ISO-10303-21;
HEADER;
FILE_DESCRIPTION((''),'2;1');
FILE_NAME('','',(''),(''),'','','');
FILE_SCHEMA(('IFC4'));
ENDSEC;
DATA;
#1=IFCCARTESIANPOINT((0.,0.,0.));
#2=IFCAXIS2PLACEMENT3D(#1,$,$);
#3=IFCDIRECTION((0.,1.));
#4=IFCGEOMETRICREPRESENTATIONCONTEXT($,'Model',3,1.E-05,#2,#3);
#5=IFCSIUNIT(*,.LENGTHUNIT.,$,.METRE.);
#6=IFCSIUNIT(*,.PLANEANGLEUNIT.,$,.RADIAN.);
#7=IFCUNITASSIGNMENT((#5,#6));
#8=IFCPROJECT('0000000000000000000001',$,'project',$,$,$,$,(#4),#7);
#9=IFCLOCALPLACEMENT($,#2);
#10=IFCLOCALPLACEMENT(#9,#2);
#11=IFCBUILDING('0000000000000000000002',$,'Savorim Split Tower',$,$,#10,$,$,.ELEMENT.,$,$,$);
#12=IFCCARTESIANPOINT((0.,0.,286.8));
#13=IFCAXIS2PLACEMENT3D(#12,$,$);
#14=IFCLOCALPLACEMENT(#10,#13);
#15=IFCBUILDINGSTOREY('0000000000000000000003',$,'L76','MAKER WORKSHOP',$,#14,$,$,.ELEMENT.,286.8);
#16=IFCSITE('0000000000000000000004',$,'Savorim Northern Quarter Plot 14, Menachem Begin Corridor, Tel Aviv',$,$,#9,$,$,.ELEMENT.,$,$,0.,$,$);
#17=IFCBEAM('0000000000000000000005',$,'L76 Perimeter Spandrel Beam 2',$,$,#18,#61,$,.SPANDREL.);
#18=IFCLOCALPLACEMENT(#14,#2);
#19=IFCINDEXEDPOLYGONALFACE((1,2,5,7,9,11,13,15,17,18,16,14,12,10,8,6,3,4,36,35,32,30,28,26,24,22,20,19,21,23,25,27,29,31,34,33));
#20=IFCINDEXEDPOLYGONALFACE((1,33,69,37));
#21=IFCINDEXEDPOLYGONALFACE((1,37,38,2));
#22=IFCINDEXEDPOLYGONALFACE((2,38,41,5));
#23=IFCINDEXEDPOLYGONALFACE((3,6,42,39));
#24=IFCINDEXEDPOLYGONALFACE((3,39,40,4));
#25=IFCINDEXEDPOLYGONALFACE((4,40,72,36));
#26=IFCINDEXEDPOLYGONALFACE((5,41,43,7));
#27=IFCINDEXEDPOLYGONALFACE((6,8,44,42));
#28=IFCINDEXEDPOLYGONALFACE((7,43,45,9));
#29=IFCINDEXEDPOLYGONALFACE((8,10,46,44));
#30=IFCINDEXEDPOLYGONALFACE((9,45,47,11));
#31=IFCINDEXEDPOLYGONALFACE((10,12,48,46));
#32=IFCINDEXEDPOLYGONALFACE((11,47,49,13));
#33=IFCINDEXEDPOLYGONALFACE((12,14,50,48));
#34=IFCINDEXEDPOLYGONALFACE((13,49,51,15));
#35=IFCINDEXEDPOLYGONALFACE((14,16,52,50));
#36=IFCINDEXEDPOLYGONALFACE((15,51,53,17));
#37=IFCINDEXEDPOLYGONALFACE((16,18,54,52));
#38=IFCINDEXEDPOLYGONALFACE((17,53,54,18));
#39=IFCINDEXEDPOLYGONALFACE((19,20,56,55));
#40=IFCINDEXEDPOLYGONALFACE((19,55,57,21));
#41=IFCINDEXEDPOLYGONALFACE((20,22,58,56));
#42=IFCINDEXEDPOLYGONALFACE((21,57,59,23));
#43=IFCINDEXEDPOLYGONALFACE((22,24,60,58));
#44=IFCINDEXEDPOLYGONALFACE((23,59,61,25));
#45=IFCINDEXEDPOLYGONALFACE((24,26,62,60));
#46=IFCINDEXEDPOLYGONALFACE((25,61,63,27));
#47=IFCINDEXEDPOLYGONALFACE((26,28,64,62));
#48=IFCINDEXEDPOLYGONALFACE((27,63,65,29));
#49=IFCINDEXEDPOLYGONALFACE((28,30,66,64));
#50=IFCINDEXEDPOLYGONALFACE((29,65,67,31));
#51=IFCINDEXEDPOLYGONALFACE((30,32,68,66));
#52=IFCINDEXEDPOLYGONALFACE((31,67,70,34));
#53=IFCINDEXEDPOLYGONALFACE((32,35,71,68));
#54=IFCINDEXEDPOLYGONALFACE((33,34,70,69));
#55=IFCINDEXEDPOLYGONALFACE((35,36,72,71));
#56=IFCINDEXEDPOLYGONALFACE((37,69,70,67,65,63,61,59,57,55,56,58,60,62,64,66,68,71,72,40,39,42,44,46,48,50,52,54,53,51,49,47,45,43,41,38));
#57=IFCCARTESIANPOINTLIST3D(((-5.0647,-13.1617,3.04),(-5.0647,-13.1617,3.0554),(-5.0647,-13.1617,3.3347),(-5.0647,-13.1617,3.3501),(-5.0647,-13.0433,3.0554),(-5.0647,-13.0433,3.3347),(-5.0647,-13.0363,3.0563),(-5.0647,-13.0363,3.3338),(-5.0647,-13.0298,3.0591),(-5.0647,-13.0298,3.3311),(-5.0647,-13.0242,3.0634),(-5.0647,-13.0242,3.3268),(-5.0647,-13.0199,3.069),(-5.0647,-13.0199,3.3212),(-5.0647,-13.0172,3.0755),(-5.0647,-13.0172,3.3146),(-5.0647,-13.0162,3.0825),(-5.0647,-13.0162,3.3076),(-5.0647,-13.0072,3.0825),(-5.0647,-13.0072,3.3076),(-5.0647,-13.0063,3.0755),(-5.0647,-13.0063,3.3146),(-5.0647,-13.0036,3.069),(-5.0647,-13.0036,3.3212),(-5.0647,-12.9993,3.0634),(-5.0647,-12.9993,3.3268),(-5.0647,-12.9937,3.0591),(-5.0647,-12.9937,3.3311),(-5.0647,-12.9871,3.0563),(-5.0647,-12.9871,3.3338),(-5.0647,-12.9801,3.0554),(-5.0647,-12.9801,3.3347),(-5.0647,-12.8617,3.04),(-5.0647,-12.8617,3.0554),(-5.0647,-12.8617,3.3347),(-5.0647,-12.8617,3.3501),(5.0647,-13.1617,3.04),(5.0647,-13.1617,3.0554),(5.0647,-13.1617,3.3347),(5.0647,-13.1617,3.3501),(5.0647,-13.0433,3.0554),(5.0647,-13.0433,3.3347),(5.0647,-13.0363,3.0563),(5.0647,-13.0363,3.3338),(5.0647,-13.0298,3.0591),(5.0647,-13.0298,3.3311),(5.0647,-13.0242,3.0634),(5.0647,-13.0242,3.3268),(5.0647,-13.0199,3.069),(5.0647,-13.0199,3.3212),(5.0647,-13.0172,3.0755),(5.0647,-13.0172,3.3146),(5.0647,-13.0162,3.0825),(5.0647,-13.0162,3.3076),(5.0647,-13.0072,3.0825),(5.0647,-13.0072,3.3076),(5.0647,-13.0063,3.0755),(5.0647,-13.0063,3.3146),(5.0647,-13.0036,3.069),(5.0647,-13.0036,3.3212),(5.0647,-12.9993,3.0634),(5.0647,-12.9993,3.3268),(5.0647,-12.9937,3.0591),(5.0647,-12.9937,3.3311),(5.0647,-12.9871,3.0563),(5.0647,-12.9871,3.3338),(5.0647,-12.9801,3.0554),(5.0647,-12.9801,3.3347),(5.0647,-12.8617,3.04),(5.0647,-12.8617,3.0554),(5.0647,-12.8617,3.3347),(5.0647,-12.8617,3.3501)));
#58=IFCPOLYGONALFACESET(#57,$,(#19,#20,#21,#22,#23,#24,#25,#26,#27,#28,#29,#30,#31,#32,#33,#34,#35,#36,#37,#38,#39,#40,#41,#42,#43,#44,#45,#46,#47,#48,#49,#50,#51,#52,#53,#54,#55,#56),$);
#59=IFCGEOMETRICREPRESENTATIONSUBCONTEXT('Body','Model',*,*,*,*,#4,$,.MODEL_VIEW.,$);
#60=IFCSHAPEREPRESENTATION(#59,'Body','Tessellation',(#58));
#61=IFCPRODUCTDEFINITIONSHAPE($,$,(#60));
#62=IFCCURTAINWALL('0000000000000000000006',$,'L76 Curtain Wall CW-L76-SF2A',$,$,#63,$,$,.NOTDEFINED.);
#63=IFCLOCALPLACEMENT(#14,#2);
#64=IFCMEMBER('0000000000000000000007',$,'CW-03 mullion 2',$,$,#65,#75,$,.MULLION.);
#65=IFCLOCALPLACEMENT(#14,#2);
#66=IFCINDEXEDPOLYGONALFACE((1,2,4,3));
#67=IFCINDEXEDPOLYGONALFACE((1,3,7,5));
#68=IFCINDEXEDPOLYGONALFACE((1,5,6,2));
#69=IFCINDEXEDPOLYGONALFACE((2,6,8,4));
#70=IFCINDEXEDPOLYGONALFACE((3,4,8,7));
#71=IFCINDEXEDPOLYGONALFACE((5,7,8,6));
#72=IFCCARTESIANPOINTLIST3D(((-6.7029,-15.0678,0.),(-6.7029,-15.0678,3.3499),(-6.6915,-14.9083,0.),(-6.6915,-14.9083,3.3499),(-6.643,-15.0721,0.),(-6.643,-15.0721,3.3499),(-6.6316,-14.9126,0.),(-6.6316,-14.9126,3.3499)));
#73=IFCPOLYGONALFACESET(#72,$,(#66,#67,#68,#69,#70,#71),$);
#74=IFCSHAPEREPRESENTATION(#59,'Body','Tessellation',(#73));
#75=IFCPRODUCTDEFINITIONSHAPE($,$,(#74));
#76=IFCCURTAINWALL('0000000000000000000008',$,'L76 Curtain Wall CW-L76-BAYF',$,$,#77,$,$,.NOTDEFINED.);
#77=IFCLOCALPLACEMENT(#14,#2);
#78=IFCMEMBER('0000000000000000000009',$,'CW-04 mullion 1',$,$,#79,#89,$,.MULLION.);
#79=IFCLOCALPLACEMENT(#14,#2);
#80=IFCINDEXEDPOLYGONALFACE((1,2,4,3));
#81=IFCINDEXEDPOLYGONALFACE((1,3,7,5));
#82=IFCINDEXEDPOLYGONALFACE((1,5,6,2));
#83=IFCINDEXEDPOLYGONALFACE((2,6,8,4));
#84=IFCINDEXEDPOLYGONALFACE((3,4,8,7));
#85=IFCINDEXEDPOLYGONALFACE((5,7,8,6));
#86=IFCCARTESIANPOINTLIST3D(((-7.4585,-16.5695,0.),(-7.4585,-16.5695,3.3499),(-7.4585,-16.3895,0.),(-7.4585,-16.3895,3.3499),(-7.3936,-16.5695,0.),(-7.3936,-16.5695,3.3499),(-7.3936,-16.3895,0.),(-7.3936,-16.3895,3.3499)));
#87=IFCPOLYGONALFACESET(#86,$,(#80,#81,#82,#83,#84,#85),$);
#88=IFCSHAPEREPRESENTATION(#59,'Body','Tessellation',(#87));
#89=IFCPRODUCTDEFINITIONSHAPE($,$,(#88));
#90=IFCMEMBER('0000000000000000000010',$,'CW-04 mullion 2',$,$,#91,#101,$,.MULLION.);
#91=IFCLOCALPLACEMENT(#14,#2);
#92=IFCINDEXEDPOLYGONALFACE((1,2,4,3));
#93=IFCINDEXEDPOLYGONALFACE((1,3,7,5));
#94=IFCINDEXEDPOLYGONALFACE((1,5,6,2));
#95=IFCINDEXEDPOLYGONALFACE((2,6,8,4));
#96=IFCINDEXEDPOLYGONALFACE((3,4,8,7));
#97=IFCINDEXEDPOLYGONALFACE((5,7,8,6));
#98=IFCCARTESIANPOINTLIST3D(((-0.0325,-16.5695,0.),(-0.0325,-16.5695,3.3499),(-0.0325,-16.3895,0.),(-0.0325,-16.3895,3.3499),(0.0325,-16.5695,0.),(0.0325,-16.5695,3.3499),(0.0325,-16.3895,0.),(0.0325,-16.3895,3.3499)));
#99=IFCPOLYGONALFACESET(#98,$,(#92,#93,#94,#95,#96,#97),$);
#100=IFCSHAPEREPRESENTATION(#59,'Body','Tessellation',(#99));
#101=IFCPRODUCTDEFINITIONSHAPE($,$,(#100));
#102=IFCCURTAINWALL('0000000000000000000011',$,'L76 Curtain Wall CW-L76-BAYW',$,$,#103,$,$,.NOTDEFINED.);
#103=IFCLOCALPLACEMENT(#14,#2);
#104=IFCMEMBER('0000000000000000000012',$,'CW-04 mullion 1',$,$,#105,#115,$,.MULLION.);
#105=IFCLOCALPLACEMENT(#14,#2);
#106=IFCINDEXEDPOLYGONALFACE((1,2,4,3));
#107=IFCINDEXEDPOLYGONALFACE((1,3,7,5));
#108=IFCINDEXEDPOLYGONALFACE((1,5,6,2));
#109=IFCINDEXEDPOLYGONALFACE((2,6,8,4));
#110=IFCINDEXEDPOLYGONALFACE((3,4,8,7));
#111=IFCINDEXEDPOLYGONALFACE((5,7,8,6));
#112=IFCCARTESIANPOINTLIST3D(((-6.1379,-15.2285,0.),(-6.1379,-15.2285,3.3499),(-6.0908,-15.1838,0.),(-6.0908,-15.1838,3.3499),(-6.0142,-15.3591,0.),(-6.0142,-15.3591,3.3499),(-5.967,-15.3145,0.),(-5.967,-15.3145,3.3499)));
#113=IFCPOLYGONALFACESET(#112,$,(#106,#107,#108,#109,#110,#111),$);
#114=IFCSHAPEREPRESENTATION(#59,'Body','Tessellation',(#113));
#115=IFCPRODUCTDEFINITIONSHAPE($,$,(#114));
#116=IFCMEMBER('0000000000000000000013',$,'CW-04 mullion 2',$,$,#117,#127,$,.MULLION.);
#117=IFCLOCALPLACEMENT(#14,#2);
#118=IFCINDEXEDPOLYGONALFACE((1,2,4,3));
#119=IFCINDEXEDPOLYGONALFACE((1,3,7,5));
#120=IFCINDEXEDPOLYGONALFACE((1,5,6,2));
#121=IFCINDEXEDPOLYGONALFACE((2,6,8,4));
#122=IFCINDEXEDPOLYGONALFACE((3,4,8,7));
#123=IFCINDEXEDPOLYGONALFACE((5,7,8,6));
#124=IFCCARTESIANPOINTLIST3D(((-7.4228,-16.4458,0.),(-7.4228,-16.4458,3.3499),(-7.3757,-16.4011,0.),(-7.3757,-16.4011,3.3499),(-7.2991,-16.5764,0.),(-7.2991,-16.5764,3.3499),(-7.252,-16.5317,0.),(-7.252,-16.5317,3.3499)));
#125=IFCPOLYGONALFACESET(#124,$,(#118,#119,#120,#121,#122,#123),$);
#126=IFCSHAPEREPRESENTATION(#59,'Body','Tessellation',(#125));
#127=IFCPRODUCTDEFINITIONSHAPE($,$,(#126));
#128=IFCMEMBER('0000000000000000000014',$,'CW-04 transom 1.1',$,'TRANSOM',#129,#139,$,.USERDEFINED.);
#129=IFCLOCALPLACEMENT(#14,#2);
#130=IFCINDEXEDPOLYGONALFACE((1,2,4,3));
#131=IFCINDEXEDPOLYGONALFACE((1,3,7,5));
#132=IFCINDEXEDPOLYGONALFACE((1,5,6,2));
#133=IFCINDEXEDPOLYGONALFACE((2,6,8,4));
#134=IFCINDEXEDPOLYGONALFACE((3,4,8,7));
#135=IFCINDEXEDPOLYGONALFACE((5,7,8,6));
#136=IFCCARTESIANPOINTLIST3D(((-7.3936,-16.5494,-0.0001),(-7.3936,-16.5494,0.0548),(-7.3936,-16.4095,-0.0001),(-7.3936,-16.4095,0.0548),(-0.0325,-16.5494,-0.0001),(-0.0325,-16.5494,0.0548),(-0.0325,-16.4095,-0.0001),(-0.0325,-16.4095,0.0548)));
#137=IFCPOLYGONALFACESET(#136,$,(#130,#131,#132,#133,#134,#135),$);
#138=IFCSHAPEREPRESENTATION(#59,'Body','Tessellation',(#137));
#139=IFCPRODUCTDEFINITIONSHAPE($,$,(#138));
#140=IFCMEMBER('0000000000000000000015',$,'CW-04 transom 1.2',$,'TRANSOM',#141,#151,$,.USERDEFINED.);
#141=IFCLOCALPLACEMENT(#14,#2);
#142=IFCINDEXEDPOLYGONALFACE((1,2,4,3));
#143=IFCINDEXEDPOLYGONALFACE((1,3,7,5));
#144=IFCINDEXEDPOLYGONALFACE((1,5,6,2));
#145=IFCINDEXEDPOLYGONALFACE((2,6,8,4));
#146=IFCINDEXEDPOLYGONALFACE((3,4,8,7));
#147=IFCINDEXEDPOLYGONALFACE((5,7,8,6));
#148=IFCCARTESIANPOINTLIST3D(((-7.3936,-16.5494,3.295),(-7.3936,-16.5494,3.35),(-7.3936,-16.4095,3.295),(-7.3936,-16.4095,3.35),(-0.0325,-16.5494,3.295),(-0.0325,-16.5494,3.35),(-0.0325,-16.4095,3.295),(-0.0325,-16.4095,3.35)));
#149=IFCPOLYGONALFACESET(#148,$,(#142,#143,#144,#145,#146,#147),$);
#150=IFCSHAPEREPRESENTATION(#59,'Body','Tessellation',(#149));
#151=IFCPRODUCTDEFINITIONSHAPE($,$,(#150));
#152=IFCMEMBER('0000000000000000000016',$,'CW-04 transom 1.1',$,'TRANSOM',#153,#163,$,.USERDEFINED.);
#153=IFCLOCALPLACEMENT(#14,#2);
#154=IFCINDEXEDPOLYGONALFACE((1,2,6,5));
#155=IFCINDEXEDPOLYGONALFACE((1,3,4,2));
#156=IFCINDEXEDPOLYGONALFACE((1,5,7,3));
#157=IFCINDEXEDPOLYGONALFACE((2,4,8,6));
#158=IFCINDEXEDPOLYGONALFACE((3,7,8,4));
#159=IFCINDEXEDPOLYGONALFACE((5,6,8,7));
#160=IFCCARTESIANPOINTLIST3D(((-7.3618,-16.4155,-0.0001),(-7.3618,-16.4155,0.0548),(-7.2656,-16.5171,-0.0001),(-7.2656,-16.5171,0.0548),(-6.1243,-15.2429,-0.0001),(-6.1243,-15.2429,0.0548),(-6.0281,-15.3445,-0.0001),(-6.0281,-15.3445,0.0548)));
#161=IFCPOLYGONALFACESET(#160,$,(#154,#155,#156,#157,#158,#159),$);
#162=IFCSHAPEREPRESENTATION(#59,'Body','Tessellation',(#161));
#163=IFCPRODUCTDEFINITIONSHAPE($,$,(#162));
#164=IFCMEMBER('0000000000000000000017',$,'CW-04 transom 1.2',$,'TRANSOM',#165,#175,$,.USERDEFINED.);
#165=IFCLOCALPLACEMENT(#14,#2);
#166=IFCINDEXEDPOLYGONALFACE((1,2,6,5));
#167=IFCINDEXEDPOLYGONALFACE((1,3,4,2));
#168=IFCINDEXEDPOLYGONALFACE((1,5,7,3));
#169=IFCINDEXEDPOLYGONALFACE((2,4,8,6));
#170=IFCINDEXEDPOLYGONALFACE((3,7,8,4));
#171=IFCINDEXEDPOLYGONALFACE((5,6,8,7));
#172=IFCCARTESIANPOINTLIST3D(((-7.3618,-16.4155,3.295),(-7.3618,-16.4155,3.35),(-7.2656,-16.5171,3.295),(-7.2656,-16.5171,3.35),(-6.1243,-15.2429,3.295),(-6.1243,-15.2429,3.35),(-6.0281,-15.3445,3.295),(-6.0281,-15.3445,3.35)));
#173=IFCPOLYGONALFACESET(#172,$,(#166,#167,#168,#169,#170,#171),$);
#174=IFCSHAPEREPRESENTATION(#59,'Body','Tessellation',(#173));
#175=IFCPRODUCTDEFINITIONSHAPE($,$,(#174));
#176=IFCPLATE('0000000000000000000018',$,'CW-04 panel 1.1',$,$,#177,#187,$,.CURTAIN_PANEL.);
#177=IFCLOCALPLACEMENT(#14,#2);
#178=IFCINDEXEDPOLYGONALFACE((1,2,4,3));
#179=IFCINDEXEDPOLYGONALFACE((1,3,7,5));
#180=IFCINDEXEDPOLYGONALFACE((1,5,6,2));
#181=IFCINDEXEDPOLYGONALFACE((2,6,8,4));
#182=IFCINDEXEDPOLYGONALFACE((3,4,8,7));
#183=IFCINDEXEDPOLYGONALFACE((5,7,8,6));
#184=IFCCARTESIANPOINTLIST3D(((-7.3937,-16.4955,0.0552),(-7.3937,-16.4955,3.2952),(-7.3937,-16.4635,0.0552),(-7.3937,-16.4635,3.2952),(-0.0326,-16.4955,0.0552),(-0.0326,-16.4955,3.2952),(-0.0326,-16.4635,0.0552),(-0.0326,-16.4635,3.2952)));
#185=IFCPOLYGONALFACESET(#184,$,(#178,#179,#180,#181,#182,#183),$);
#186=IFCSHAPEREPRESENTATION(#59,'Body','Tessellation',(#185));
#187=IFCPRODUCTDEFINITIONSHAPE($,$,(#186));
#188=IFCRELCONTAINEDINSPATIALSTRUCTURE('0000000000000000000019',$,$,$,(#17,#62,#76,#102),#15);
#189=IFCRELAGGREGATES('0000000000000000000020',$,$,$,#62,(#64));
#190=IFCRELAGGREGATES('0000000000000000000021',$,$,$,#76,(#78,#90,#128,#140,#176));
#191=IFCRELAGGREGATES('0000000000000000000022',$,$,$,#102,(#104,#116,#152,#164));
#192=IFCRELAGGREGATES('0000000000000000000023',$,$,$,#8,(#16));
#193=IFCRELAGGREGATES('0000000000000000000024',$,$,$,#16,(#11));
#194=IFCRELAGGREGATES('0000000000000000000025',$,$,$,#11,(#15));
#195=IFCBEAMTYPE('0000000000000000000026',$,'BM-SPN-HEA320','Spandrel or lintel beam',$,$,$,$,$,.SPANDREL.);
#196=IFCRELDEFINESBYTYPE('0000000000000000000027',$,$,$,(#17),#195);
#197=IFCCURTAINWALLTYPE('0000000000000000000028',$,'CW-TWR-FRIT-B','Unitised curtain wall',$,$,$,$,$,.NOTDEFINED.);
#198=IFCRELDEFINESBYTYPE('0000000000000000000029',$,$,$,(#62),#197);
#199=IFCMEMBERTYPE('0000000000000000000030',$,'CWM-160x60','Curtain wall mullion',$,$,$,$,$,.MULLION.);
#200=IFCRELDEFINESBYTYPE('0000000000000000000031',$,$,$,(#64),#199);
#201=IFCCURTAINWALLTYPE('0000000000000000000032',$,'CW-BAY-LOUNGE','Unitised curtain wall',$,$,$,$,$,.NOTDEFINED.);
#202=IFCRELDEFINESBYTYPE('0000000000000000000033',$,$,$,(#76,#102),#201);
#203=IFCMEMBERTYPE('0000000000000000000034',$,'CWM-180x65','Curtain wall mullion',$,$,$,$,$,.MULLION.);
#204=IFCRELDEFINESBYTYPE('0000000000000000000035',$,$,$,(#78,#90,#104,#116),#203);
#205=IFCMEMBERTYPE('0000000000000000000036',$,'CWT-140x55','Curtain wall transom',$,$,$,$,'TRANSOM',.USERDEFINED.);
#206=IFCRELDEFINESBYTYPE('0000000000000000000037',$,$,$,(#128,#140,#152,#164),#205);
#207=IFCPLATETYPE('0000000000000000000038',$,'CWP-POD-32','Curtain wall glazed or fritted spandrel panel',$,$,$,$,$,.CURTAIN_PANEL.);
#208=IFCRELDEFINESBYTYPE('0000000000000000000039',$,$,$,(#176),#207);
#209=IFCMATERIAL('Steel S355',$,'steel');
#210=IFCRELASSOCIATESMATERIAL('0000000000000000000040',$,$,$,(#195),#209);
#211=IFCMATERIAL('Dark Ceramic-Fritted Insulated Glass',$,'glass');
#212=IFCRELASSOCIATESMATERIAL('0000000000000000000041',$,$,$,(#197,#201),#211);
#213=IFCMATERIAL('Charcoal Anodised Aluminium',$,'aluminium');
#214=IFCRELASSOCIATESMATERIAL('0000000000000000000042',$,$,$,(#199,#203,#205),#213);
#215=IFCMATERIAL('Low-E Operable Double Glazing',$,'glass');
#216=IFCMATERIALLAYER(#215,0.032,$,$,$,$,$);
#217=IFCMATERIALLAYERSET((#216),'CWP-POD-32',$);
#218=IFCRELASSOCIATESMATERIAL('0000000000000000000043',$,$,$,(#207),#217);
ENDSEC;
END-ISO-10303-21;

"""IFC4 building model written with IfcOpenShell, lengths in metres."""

from ifc_helpers import new_model, si_unit, direction, frame, origin, origin_2d, place, context, subcontext, project, spatial, rectangle, i_section, extrude, material, layer, layer_set, material_profile, profile_set, type_object, element, aggregate, save


model = new_model("IFC4")

# Units and contexts
model_context = context("Model", 3, precision=1e-05, world=origin(), true_north=direction((0.0, 1.0)))
body_context = subcontext(model_context, "Body", "Model", "MODEL_VIEW")
ifc_project = project(units=[si_unit("LENGTHUNIT", "METRE"), si_unit("PLANEANGLEUNIT", "RADIAN")], contexts=[model_context])

# Site, building, storey
site_placement = place(None, origin())
site = spatial("IfcSite", under=ifc_project, at=site_placement, Name="Savorim Northern Quarter Plot 14, Menachem Begin Corridor, Tel Aviv", CompositionType="ELEMENT", RefElevation=0.0)
building_placement = place(site_placement, origin())
building = spatial("IfcBuilding", under=site, at=building_placement, Name="Savorim Split Tower", CompositionType="ELEMENT")
storey_placement = place(building_placement, frame((0.0, 0.0, 286.8)))
storey = spatial("IfcBuildingStorey", under=building, at=storey_placement, Name="L76", Description="MAKER WORKSHOP", CompositionType="ELEMENT", Elevation=286.8)

# Shared definitions
ifc_material_1 = material(Name="Steel S355", Category="steel")

# Beam
ifc_material_profile_1 = material_profile(ifc_material_1, i_section(OverallWidth=0.3, OverallDepth=0.3101, WebThickness=0.009, FlangeThickness=0.0154, FilletRadius=0.0271, at=origin_2d()), Name="HEA 320")
ifc_profile_set_1 = profile_set([ifc_material_profile_1], Name="Steel S355")
beam_type_1 = type_object("IfcBeamType", Name="BM-SPN-HEA320", Description="Spandrel or lintel beam", PredefinedType="SPANDREL", material=ifc_profile_set_1)
beam_1_placement = place(storey_placement, frame((-5.0647, -13.0117, 3.1951), z_axis=(1.0, 0.0, 0.0), x_axis=(0.0, 1.0, 0.0)))
element("IfcBeam", 1, at=beam_1_placement, inside=storey, type_object=beam_type_1, Name="L76 Perimeter Spandrel Beam 2", PredefinedType="SPANDREL", context=body_context, shape_type="SweptSolid", body=[
    extrude(i_section(OverallWidth=0.3, OverallDepth=0.3101, WebThickness=0.009, FlangeThickness=0.0154, FilletRadius=0.0271, at=origin_2d()), origin(), (0.0, 0.0, 1.0), 10.1294),
])

# Curtain wall, member
ifc_material_2 = material(Name="Dark Ceramic-Fritted Insulated Glass", Category="glass")
curtain_wall_type_1 = type_object("IfcCurtainWallType", Name="CW-TWR-FRIT-B", Description="Unitised curtain wall", PredefinedType="NOTDEFINED", material=ifc_material_2)
curtain_wall_1_placement = place(storey_placement, origin())
curtain_wall_1 = element("IfcCurtainWall", 2, at=curtain_wall_1_placement, inside=storey, type_object=curtain_wall_type_1, Name="L76 Curtain Wall CW-L76-SF2A", PredefinedType="NOTDEFINED")
ifc_material_3 = material(Name="Charcoal Anodised Aluminium", Category="aluminium")
ifc_material_profile_2 = material_profile(ifc_material_3, rectangle(XDim=0.1599, YDim=0.0601, at=origin_2d()), Name="ALU-M 160x60")
ifc_profile_set_2 = profile_set([ifc_material_profile_2], Name="Charcoal Anodised Aluminium")
member_type_1 = type_object("IfcMemberType", Name="CWM-160x60", Description="Curtain wall mullion", PredefinedType="MULLION", material=ifc_profile_set_2)
member_1_placement = place(storey_placement, frame((-6.6672, -14.9902, 0.0), z_axis=(0.0, 0.0, 1.0), x_axis=(0.07155, 0.997437, 0.0)))
member_1 = element("IfcMember", 3, at=member_1_placement, type_object=member_type_1, Name="CW-03 mullion 2", PredefinedType="MULLION", context=body_context, shape_type="SweptSolid", body=[
    extrude(rectangle(XDim=0.1599, YDim=0.0601, at=origin_2d()), origin(), (0.0, 0.0, 1.0), 3.3499),
])
aggregate(curtain_wall_1, [member_1])

# Curtain walls, members
curtain_wall_type_2 = type_object("IfcCurtainWallType", Name="CW-BAY-LOUNGE", Description="Unitised curtain wall", PredefinedType="NOTDEFINED", material=ifc_material_2)
curtain_wall_2_placement = place(storey_placement, origin())
curtain_wall_2 = element("IfcCurtainWall", 4, at=curtain_wall_2_placement, inside=storey, type_object=curtain_wall_type_2, Name="L76 Curtain Wall CW-L76-BAYF", PredefinedType="NOTDEFINED")
ifc_material_profile_3 = material_profile(ifc_material_3, rectangle(XDim=0.1799, YDim=0.0649, at=origin_2d()), Name="ALU-M 180x65")
ifc_profile_set_3 = profile_set([ifc_material_profile_3], Name="Charcoal Anodised Aluminium")
member_type_2 = type_object("IfcMemberType", Name="CWM-180x65", Description="Curtain wall mullion", PredefinedType="MULLION", material=ifc_profile_set_3)
member_2_placement = place(storey_placement, frame((-7.426, -16.4795, 0.0), z_axis=(0.0, 0.0, 1.0), x_axis=(0.0, 1.0, 0.0)))
member_2 = element("IfcMember", 5, at=member_2_placement, type_object=member_type_2, Name="CW-04 mullion 1", PredefinedType="MULLION", context=body_context, shape_type="SweptSolid", body=[
    extrude(rectangle(XDim=0.1799, YDim=0.0649, at=origin_2d()), origin(), (0.0, 0.0, 1.0), 3.3499),
])
member_3_placement = place(storey_placement, frame((0.0, -16.4795, 0.0), z_axis=(0.0, 0.0, 1.0), x_axis=(0.0, 1.0, 0.0)))
member_3 = element("IfcMember", 6, at=member_3_placement, type_object=member_type_2, Name="CW-04 mullion 2", PredefinedType="MULLION", context=body_context, shape_type="SweptSolid", body=[
    extrude(rectangle(XDim=0.1799, YDim=0.0649, at=origin_2d()), origin(), (0.0, 0.0, 1.0), 3.3499),
])
curtain_wall_3_placement = place(storey_placement, origin())
curtain_wall_3 = element("IfcCurtainWall", 7, at=curtain_wall_3_placement, inside=storey, type_object=curtain_wall_type_2, Name="L76 Curtain Wall CW-L76-BAYW", PredefinedType="NOTDEFINED")
member_4_placement = place(storey_placement, frame((-6.0525, -15.2715, 0.0), z_axis=(0.0, 0.0, 1.0), x_axis=(0.687748, -0.72595, 0.0)))
member_4 = element("IfcMember", 8, at=member_4_placement, type_object=member_type_2, Name="CW-04 mullion 1", PredefinedType="MULLION", context=body_context, shape_type="SweptSolid", body=[
    extrude(rectangle(XDim=0.1799, YDim=0.0649, at=origin_2d()), origin(), (0.0, 0.0, 1.0), 3.3499),
])
member_5_placement = place(storey_placement, frame((-7.3374, -16.4888, 0.0), z_axis=(0.0, 0.0, 1.0), x_axis=(0.687748, -0.72595, 0.0)))
member_5 = element("IfcMember", 9, at=member_5_placement, type_object=member_type_2, Name="CW-04 mullion 2", PredefinedType="MULLION", context=body_context, shape_type="SweptSolid", body=[
    extrude(rectangle(XDim=0.1799, YDim=0.0649, at=origin_2d()), origin(), (0.0, 0.0, 1.0), 3.3499),
])

# Members
ifc_material_profile_4 = material_profile(ifc_material_3, rectangle(XDim=0.1399, YDim=0.0549, at=origin_2d()), Name="ALU-T 140x55")
ifc_profile_set_4 = profile_set([ifc_material_profile_4], Name="Charcoal Anodised Aluminium")
member_type_3 = type_object("IfcMemberType", Name="CWT-140x55", Description="Curtain wall transom", ElementType="TRANSOM", PredefinedType="USERDEFINED", material=ifc_profile_set_4)
member_6_placement = place(storey_placement, frame((-7.3936, -16.4795, 0.0273), z_axis=(1.0, 0.0, 0.0), x_axis=(0.0, 1.0, 0.0)))
member_6 = element("IfcMember", 10, at=member_6_placement, type_object=member_type_3, Name="CW-04 transom 1.1", ObjectType="TRANSOM", PredefinedType="USERDEFINED", context=body_context, shape_type="SweptSolid", body=[
    extrude(rectangle(XDim=0.1399, YDim=0.0549, at=origin_2d()), origin(), (0.0, 0.0, 1.0), 7.3611),
])
member_7_placement = place(storey_placement, frame((-7.3936, -16.4795, 3.3225), z_axis=(1.0, 0.0, 0.0), x_axis=(0.0, 1.0, 0.0)))
member_7 = element("IfcMember", 11, at=member_7_placement, type_object=member_type_3, Name="CW-04 transom 1.2", ObjectType="TRANSOM", PredefinedType="USERDEFINED", context=body_context, shape_type="SweptSolid", body=[
    extrude(rectangle(XDim=0.1399, YDim=0.0549, at=origin_2d()), origin(), (0.0, 0.0, 1.0), 7.3611),
])
member_8_placement = place(storey_placement, frame((-6.0762, -15.2937, 0.0273), z_axis=(-0.725896, -0.687804, 0.0), x_axis=(0.687804, -0.725896, 0.0)))
member_8 = element("IfcMember", 12, at=member_8_placement, type_object=member_type_3, Name="CW-04 transom 1.1", ObjectType="TRANSOM", PredefinedType="USERDEFINED", context=body_context, shape_type="SweptSolid", body=[
    extrude(rectangle(XDim=0.1399, YDim=0.0549, at=origin_2d()), origin(), (0.0, 0.0, 1.0), 1.7048),
])
member_9_placement = place(storey_placement, frame((-6.0762, -15.2937, 3.3225), z_axis=(-0.725896, -0.687804, 0.0), x_axis=(0.687804, -0.725896, 0.0)))
member_9 = element("IfcMember", 13, at=member_9_placement, type_object=member_type_3, Name="CW-04 transom 1.2", ObjectType="TRANSOM", PredefinedType="USERDEFINED", context=body_context, shape_type="SweptSolid", body=[
    extrude(rectangle(XDim=0.1399, YDim=0.0549, at=origin_2d()), origin(), (0.0, 0.0, 1.0), 1.7048),
])

# Plate
ifc_material_4 = material(Name="Low-E Operable Double Glazing", Category="glass")
ifc_layer = layer(ifc_material_4, 0.032)
ifc_layer_set = layer_set([ifc_layer], Name="CWP-POD-32")
plate_type = type_object("IfcPlateType", Name="CWP-POD-32", Description="Curtain wall glazed or fritted spandrel panel", PredefinedType="CURTAIN_PANEL", material=ifc_layer_set)
plate_1_placement = place(storey_placement, frame((-3.7131, -16.4795, 0.0552), z_axis=(0.0, 0.0, 1.0), x_axis=(1.0, 0.0, 0.0)))
plate_1 = element("IfcPlate", 14, at=plate_1_placement, type_object=plate_type, Name="CW-04 panel 1.1", PredefinedType="CURTAIN_PANEL", context=body_context, shape_type="SweptSolid", body=[
    extrude(rectangle(XDim=7.3611, YDim=0.032, at=origin_2d()), origin(), (0.0, 0.0, 1.0), 3.24),
])
aggregate(curtain_wall_2, [member_2, member_3, member_6, member_7, plate_1])
aggregate(curtain_wall_3, [member_4, member_5, member_8, member_9])

save(model, "model.ifc")
